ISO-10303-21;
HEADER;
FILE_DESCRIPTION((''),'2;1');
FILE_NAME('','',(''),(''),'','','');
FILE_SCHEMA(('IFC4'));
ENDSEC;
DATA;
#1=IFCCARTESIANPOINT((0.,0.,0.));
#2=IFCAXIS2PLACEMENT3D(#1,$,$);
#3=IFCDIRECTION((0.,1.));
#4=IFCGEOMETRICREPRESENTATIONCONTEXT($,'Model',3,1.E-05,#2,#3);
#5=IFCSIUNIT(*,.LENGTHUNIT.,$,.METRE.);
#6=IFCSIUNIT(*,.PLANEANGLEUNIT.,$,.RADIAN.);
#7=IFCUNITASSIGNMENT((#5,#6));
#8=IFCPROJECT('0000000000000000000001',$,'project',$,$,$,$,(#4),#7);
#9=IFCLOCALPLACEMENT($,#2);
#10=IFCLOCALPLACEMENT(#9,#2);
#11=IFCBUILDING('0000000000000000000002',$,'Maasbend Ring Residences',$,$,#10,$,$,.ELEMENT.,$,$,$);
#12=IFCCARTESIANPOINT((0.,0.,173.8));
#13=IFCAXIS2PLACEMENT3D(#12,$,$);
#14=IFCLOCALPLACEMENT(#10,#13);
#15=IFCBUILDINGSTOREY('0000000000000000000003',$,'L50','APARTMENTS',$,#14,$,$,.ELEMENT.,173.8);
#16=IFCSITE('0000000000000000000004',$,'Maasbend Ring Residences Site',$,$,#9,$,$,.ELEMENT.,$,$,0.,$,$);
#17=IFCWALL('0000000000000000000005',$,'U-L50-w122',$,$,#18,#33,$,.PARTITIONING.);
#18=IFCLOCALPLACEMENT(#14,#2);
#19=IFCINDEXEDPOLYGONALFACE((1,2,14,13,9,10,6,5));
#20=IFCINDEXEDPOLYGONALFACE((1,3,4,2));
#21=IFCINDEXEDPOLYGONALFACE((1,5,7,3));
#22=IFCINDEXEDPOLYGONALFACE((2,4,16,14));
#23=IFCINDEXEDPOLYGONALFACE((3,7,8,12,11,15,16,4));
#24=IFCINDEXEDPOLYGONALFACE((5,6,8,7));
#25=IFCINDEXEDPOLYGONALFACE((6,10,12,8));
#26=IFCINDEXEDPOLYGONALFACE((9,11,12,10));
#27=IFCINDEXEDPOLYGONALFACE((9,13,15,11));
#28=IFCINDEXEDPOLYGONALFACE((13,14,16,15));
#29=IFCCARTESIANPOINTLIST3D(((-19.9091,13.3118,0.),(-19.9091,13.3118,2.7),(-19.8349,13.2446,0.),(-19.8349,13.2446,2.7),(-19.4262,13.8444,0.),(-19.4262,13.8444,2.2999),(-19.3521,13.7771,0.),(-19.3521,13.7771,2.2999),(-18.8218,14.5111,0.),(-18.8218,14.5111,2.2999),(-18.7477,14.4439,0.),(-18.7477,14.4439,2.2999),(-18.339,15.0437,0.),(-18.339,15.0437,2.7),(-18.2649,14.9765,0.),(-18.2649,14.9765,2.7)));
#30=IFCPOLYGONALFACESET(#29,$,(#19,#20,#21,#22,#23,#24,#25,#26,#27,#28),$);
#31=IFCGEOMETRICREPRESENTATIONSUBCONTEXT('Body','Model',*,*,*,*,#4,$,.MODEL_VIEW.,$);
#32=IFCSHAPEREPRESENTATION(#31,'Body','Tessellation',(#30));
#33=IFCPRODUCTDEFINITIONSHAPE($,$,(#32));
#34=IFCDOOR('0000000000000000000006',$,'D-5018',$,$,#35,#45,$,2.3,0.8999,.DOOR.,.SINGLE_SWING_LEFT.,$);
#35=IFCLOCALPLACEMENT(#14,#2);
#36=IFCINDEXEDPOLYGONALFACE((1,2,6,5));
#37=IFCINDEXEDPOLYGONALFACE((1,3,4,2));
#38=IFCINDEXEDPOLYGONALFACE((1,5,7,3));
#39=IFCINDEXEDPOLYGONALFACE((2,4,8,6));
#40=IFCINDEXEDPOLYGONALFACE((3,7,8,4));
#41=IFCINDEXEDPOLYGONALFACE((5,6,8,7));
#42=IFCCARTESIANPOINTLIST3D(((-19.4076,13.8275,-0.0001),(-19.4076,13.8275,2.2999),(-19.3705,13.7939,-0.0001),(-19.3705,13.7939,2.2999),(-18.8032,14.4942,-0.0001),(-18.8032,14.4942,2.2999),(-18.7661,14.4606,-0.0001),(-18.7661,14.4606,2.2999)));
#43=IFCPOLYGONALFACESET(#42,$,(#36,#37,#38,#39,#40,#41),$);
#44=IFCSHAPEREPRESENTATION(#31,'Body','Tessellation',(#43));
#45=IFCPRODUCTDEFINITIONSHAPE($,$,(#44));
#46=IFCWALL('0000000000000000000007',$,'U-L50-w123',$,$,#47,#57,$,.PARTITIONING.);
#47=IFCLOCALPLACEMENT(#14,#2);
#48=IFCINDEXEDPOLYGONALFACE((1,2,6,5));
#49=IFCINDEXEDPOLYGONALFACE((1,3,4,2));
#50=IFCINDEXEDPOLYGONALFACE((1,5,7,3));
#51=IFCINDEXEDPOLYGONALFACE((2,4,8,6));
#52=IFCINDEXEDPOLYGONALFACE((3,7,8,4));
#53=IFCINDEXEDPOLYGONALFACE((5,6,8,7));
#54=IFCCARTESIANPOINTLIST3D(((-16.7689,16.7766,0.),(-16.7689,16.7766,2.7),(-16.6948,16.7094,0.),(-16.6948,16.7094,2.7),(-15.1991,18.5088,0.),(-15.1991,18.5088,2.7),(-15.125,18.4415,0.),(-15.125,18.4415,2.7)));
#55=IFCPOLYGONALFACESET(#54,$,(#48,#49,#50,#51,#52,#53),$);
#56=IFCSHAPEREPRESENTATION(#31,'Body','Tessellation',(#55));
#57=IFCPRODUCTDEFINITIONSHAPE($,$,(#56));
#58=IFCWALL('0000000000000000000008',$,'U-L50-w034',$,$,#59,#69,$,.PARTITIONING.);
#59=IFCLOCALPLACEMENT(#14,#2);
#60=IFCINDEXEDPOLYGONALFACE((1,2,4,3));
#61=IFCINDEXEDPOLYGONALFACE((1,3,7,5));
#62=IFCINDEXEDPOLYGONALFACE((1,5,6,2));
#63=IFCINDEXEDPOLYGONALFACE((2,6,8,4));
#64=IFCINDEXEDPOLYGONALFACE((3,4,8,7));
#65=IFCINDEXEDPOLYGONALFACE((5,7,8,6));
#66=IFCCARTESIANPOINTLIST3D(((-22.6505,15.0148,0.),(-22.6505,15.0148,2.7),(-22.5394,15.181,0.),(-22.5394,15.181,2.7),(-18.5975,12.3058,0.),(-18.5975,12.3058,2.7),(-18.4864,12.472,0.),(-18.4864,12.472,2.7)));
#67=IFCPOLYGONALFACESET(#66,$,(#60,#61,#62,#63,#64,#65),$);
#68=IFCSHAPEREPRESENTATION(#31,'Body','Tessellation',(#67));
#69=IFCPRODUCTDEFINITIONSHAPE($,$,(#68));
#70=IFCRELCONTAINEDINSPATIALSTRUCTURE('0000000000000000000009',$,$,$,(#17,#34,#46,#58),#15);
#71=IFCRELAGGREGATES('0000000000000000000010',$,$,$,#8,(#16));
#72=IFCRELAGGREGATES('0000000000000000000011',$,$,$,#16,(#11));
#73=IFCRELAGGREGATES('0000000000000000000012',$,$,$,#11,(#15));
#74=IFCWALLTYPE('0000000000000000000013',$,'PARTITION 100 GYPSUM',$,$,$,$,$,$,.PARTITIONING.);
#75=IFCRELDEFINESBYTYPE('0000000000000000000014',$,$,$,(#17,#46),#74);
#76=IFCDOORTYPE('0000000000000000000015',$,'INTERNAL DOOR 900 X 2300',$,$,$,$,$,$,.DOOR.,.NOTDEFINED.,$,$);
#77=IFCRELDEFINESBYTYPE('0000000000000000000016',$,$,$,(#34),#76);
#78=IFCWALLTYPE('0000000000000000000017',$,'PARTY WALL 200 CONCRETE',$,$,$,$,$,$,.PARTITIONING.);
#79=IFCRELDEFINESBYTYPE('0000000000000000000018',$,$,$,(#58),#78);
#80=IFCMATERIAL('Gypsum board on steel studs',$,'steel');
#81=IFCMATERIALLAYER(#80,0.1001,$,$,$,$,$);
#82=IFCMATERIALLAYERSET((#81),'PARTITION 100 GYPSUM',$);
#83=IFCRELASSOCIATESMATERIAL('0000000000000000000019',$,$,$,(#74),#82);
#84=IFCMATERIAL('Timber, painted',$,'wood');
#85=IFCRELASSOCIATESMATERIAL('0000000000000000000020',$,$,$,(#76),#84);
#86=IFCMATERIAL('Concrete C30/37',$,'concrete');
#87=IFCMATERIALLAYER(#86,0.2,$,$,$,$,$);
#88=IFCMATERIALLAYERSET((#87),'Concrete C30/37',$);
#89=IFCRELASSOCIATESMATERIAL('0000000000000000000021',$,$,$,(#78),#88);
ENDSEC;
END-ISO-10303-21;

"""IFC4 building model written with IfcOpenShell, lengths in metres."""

from ifc_helpers import new_model, si_unit, direction, frame, frame_2d, origin, place, context, subcontext, project, spatial, rectangle, extrude, material, layer, layer_set, type_object, element, fill, save


model = new_model("IFC4")

# Units and contexts
model_context = context("Model", 3, precision=1e-05, world=origin(), true_north=direction((0.0, 1.0)))
body_context = subcontext(model_context, "Body", "Model", "MODEL_VIEW")
ifc_project = project(units=[si_unit("LENGTHUNIT", "METRE"), si_unit("PLANEANGLEUNIT", "RADIAN")], contexts=[model_context])

# Site, building, storey
site_placement = place(None, origin())
site = spatial("IfcSite", under=ifc_project, at=site_placement, Name="Maasbend Ring Residences Site", CompositionType="ELEMENT", RefElevation=0.0)
building_placement = place(site_placement, origin())
building = spatial("IfcBuilding", under=site, at=building_placement, Name="Maasbend Ring Residences", CompositionType="ELEMENT")
storey_placement = place(building_placement, frame((0.0, 0.0, 173.8)))
storey = spatial("IfcBuildingStorey", under=building, at=storey_placement, Name="L50", Description="APARTMENTS", CompositionType="ELEMENT", Elevation=173.8)

# Shared definitions
ifc_material_1 = material(Name="Gypsum board on steel studs", Category="steel")
ifc_layer_1 = layer(ifc_material_1, 0.1001)
ifc_layer_set_1 = layer_set([ifc_layer_1], Name="PARTITION 100 GYPSUM")
wall_type_1 = type_object("IfcWallType", Name="PARTITION 100 GYPSUM", PredefinedType="PARTITIONING", material=ifc_layer_set_1)

# Wall, opening, door
ifc_material_2 = material(Name="Timber, painted", Category="wood")
door_type_1 = type_object("IfcDoorType", Name="INTERNAL DOOR 900 X 2300", OperationType="NOTDEFINED", PredefinedType="DOOR", material=ifc_material_2)
wall_1_placement = place(storey_placement, frame((-19.8721, 13.2781, 0.0), z_axis=(0.0, 0.0, 1.0), x_axis=(0.671638, 0.74088, 0.0)))
wall_1 = element("IfcWall", 1, at=wall_1_placement, inside=storey, type_object=wall_type_1, Name="U-L50-w122", PredefinedType="PARTITIONING", context=body_context, shape_type="SweptSolid", body=[
    extrude(rectangle(XDim=2.3376, YDim=0.1001, at=frame_2d((1.1689, 0.0))), origin(), (0.0, 0.0, 1.0), 2.7),
])
opening_1_placement = place(wall_1_placement, frame((0.719, 0.0, 0.0)))
opening_1 = element("IfcOpeningElement", 2, at=opening_1_placement, cuts=wall_1, PredefinedType="OPENING", context=body_context, shape_type="SweptSolid", body=[
    extrude(rectangle(XDim=0.8999, YDim=2.3, at=frame_2d((0.45, 1.1499))), frame((0.0, 0.0601, 0.0), z_axis=(0.0, -1.0, 0.0), x_axis=(1.0, 0.0, 0.0)), (0.0, 0.0, 1.0), 0.1201),
])
door_1_placement = place(opening_1_placement, origin())
door_1 = element("IfcDoor", 3, at=door_1_placement, inside=storey, type_object=door_type_1, Name="D-5018", OperationType="SINGLE_SWING_LEFT", OverallHeight=2.3, OverallWidth=0.8999, PredefinedType="DOOR", context=body_context, shape_type="SweptSolid", body=[
    extrude(rectangle(XDim=0.8999, YDim=2.3, at=frame_2d((0.45, 1.1499))), frame((0.0, 0.0249, 0.0), z_axis=(0.0, -1.0, 0.0), x_axis=(1.0, 0.0, 0.0)), (0.0, 0.0, 1.0), 0.05),
])
fill(opening_1, door_1)

# Walls
wall_2_placement = place(storey_placement, frame((-16.7319, 16.7429, 0.0), z_axis=(0.0, 0.0, 1.0), x_axis=(0.671528, 0.740979, 0.0)))
element("IfcWall", 4, at=wall_2_placement, inside=storey, type_object=wall_type_1, Name="U-L50-w123", PredefinedType="PARTITIONING", context=body_context, shape_type="SweptSolid", body=[
    extrude(rectangle(XDim=2.3376, YDim=0.1001, at=frame_2d((1.1689, 0.0))), origin(), (0.0, 0.0, 1.0), 2.7),
])
ifc_material_3 = material(Name="Concrete C30/37", Category="concrete")
ifc_layer_2 = layer(ifc_material_3, 0.2)
ifc_layer_set_2 = layer_set([ifc_layer_2], Name="Concrete C30/37")
wall_type_2 = type_object("IfcWallType", Name="PARTY WALL 200 CONCRETE", PredefinedType="PARTITIONING", material=ifc_layer_set_2)
wall_3_placement = place(storey_placement, frame((-22.595, 15.0979, 0.0), z_axis=(0.0, 0.0, 1.0), x_axis=(0.831387, -0.555694, 0.0)))
element("IfcWall", 5, at=wall_3_placement, inside=storey, type_object=wall_type_2, Name="U-L50-w034", PredefinedType="PARTITIONING", context=body_context, shape_type="SweptSolid", body=[
    extrude(rectangle(XDim=4.875, YDim=0.2, at=frame_2d((2.4375, 0.0))), origin(), (0.0, 0.0, 1.0), 2.7),
])

save(model, "model.ifc")
